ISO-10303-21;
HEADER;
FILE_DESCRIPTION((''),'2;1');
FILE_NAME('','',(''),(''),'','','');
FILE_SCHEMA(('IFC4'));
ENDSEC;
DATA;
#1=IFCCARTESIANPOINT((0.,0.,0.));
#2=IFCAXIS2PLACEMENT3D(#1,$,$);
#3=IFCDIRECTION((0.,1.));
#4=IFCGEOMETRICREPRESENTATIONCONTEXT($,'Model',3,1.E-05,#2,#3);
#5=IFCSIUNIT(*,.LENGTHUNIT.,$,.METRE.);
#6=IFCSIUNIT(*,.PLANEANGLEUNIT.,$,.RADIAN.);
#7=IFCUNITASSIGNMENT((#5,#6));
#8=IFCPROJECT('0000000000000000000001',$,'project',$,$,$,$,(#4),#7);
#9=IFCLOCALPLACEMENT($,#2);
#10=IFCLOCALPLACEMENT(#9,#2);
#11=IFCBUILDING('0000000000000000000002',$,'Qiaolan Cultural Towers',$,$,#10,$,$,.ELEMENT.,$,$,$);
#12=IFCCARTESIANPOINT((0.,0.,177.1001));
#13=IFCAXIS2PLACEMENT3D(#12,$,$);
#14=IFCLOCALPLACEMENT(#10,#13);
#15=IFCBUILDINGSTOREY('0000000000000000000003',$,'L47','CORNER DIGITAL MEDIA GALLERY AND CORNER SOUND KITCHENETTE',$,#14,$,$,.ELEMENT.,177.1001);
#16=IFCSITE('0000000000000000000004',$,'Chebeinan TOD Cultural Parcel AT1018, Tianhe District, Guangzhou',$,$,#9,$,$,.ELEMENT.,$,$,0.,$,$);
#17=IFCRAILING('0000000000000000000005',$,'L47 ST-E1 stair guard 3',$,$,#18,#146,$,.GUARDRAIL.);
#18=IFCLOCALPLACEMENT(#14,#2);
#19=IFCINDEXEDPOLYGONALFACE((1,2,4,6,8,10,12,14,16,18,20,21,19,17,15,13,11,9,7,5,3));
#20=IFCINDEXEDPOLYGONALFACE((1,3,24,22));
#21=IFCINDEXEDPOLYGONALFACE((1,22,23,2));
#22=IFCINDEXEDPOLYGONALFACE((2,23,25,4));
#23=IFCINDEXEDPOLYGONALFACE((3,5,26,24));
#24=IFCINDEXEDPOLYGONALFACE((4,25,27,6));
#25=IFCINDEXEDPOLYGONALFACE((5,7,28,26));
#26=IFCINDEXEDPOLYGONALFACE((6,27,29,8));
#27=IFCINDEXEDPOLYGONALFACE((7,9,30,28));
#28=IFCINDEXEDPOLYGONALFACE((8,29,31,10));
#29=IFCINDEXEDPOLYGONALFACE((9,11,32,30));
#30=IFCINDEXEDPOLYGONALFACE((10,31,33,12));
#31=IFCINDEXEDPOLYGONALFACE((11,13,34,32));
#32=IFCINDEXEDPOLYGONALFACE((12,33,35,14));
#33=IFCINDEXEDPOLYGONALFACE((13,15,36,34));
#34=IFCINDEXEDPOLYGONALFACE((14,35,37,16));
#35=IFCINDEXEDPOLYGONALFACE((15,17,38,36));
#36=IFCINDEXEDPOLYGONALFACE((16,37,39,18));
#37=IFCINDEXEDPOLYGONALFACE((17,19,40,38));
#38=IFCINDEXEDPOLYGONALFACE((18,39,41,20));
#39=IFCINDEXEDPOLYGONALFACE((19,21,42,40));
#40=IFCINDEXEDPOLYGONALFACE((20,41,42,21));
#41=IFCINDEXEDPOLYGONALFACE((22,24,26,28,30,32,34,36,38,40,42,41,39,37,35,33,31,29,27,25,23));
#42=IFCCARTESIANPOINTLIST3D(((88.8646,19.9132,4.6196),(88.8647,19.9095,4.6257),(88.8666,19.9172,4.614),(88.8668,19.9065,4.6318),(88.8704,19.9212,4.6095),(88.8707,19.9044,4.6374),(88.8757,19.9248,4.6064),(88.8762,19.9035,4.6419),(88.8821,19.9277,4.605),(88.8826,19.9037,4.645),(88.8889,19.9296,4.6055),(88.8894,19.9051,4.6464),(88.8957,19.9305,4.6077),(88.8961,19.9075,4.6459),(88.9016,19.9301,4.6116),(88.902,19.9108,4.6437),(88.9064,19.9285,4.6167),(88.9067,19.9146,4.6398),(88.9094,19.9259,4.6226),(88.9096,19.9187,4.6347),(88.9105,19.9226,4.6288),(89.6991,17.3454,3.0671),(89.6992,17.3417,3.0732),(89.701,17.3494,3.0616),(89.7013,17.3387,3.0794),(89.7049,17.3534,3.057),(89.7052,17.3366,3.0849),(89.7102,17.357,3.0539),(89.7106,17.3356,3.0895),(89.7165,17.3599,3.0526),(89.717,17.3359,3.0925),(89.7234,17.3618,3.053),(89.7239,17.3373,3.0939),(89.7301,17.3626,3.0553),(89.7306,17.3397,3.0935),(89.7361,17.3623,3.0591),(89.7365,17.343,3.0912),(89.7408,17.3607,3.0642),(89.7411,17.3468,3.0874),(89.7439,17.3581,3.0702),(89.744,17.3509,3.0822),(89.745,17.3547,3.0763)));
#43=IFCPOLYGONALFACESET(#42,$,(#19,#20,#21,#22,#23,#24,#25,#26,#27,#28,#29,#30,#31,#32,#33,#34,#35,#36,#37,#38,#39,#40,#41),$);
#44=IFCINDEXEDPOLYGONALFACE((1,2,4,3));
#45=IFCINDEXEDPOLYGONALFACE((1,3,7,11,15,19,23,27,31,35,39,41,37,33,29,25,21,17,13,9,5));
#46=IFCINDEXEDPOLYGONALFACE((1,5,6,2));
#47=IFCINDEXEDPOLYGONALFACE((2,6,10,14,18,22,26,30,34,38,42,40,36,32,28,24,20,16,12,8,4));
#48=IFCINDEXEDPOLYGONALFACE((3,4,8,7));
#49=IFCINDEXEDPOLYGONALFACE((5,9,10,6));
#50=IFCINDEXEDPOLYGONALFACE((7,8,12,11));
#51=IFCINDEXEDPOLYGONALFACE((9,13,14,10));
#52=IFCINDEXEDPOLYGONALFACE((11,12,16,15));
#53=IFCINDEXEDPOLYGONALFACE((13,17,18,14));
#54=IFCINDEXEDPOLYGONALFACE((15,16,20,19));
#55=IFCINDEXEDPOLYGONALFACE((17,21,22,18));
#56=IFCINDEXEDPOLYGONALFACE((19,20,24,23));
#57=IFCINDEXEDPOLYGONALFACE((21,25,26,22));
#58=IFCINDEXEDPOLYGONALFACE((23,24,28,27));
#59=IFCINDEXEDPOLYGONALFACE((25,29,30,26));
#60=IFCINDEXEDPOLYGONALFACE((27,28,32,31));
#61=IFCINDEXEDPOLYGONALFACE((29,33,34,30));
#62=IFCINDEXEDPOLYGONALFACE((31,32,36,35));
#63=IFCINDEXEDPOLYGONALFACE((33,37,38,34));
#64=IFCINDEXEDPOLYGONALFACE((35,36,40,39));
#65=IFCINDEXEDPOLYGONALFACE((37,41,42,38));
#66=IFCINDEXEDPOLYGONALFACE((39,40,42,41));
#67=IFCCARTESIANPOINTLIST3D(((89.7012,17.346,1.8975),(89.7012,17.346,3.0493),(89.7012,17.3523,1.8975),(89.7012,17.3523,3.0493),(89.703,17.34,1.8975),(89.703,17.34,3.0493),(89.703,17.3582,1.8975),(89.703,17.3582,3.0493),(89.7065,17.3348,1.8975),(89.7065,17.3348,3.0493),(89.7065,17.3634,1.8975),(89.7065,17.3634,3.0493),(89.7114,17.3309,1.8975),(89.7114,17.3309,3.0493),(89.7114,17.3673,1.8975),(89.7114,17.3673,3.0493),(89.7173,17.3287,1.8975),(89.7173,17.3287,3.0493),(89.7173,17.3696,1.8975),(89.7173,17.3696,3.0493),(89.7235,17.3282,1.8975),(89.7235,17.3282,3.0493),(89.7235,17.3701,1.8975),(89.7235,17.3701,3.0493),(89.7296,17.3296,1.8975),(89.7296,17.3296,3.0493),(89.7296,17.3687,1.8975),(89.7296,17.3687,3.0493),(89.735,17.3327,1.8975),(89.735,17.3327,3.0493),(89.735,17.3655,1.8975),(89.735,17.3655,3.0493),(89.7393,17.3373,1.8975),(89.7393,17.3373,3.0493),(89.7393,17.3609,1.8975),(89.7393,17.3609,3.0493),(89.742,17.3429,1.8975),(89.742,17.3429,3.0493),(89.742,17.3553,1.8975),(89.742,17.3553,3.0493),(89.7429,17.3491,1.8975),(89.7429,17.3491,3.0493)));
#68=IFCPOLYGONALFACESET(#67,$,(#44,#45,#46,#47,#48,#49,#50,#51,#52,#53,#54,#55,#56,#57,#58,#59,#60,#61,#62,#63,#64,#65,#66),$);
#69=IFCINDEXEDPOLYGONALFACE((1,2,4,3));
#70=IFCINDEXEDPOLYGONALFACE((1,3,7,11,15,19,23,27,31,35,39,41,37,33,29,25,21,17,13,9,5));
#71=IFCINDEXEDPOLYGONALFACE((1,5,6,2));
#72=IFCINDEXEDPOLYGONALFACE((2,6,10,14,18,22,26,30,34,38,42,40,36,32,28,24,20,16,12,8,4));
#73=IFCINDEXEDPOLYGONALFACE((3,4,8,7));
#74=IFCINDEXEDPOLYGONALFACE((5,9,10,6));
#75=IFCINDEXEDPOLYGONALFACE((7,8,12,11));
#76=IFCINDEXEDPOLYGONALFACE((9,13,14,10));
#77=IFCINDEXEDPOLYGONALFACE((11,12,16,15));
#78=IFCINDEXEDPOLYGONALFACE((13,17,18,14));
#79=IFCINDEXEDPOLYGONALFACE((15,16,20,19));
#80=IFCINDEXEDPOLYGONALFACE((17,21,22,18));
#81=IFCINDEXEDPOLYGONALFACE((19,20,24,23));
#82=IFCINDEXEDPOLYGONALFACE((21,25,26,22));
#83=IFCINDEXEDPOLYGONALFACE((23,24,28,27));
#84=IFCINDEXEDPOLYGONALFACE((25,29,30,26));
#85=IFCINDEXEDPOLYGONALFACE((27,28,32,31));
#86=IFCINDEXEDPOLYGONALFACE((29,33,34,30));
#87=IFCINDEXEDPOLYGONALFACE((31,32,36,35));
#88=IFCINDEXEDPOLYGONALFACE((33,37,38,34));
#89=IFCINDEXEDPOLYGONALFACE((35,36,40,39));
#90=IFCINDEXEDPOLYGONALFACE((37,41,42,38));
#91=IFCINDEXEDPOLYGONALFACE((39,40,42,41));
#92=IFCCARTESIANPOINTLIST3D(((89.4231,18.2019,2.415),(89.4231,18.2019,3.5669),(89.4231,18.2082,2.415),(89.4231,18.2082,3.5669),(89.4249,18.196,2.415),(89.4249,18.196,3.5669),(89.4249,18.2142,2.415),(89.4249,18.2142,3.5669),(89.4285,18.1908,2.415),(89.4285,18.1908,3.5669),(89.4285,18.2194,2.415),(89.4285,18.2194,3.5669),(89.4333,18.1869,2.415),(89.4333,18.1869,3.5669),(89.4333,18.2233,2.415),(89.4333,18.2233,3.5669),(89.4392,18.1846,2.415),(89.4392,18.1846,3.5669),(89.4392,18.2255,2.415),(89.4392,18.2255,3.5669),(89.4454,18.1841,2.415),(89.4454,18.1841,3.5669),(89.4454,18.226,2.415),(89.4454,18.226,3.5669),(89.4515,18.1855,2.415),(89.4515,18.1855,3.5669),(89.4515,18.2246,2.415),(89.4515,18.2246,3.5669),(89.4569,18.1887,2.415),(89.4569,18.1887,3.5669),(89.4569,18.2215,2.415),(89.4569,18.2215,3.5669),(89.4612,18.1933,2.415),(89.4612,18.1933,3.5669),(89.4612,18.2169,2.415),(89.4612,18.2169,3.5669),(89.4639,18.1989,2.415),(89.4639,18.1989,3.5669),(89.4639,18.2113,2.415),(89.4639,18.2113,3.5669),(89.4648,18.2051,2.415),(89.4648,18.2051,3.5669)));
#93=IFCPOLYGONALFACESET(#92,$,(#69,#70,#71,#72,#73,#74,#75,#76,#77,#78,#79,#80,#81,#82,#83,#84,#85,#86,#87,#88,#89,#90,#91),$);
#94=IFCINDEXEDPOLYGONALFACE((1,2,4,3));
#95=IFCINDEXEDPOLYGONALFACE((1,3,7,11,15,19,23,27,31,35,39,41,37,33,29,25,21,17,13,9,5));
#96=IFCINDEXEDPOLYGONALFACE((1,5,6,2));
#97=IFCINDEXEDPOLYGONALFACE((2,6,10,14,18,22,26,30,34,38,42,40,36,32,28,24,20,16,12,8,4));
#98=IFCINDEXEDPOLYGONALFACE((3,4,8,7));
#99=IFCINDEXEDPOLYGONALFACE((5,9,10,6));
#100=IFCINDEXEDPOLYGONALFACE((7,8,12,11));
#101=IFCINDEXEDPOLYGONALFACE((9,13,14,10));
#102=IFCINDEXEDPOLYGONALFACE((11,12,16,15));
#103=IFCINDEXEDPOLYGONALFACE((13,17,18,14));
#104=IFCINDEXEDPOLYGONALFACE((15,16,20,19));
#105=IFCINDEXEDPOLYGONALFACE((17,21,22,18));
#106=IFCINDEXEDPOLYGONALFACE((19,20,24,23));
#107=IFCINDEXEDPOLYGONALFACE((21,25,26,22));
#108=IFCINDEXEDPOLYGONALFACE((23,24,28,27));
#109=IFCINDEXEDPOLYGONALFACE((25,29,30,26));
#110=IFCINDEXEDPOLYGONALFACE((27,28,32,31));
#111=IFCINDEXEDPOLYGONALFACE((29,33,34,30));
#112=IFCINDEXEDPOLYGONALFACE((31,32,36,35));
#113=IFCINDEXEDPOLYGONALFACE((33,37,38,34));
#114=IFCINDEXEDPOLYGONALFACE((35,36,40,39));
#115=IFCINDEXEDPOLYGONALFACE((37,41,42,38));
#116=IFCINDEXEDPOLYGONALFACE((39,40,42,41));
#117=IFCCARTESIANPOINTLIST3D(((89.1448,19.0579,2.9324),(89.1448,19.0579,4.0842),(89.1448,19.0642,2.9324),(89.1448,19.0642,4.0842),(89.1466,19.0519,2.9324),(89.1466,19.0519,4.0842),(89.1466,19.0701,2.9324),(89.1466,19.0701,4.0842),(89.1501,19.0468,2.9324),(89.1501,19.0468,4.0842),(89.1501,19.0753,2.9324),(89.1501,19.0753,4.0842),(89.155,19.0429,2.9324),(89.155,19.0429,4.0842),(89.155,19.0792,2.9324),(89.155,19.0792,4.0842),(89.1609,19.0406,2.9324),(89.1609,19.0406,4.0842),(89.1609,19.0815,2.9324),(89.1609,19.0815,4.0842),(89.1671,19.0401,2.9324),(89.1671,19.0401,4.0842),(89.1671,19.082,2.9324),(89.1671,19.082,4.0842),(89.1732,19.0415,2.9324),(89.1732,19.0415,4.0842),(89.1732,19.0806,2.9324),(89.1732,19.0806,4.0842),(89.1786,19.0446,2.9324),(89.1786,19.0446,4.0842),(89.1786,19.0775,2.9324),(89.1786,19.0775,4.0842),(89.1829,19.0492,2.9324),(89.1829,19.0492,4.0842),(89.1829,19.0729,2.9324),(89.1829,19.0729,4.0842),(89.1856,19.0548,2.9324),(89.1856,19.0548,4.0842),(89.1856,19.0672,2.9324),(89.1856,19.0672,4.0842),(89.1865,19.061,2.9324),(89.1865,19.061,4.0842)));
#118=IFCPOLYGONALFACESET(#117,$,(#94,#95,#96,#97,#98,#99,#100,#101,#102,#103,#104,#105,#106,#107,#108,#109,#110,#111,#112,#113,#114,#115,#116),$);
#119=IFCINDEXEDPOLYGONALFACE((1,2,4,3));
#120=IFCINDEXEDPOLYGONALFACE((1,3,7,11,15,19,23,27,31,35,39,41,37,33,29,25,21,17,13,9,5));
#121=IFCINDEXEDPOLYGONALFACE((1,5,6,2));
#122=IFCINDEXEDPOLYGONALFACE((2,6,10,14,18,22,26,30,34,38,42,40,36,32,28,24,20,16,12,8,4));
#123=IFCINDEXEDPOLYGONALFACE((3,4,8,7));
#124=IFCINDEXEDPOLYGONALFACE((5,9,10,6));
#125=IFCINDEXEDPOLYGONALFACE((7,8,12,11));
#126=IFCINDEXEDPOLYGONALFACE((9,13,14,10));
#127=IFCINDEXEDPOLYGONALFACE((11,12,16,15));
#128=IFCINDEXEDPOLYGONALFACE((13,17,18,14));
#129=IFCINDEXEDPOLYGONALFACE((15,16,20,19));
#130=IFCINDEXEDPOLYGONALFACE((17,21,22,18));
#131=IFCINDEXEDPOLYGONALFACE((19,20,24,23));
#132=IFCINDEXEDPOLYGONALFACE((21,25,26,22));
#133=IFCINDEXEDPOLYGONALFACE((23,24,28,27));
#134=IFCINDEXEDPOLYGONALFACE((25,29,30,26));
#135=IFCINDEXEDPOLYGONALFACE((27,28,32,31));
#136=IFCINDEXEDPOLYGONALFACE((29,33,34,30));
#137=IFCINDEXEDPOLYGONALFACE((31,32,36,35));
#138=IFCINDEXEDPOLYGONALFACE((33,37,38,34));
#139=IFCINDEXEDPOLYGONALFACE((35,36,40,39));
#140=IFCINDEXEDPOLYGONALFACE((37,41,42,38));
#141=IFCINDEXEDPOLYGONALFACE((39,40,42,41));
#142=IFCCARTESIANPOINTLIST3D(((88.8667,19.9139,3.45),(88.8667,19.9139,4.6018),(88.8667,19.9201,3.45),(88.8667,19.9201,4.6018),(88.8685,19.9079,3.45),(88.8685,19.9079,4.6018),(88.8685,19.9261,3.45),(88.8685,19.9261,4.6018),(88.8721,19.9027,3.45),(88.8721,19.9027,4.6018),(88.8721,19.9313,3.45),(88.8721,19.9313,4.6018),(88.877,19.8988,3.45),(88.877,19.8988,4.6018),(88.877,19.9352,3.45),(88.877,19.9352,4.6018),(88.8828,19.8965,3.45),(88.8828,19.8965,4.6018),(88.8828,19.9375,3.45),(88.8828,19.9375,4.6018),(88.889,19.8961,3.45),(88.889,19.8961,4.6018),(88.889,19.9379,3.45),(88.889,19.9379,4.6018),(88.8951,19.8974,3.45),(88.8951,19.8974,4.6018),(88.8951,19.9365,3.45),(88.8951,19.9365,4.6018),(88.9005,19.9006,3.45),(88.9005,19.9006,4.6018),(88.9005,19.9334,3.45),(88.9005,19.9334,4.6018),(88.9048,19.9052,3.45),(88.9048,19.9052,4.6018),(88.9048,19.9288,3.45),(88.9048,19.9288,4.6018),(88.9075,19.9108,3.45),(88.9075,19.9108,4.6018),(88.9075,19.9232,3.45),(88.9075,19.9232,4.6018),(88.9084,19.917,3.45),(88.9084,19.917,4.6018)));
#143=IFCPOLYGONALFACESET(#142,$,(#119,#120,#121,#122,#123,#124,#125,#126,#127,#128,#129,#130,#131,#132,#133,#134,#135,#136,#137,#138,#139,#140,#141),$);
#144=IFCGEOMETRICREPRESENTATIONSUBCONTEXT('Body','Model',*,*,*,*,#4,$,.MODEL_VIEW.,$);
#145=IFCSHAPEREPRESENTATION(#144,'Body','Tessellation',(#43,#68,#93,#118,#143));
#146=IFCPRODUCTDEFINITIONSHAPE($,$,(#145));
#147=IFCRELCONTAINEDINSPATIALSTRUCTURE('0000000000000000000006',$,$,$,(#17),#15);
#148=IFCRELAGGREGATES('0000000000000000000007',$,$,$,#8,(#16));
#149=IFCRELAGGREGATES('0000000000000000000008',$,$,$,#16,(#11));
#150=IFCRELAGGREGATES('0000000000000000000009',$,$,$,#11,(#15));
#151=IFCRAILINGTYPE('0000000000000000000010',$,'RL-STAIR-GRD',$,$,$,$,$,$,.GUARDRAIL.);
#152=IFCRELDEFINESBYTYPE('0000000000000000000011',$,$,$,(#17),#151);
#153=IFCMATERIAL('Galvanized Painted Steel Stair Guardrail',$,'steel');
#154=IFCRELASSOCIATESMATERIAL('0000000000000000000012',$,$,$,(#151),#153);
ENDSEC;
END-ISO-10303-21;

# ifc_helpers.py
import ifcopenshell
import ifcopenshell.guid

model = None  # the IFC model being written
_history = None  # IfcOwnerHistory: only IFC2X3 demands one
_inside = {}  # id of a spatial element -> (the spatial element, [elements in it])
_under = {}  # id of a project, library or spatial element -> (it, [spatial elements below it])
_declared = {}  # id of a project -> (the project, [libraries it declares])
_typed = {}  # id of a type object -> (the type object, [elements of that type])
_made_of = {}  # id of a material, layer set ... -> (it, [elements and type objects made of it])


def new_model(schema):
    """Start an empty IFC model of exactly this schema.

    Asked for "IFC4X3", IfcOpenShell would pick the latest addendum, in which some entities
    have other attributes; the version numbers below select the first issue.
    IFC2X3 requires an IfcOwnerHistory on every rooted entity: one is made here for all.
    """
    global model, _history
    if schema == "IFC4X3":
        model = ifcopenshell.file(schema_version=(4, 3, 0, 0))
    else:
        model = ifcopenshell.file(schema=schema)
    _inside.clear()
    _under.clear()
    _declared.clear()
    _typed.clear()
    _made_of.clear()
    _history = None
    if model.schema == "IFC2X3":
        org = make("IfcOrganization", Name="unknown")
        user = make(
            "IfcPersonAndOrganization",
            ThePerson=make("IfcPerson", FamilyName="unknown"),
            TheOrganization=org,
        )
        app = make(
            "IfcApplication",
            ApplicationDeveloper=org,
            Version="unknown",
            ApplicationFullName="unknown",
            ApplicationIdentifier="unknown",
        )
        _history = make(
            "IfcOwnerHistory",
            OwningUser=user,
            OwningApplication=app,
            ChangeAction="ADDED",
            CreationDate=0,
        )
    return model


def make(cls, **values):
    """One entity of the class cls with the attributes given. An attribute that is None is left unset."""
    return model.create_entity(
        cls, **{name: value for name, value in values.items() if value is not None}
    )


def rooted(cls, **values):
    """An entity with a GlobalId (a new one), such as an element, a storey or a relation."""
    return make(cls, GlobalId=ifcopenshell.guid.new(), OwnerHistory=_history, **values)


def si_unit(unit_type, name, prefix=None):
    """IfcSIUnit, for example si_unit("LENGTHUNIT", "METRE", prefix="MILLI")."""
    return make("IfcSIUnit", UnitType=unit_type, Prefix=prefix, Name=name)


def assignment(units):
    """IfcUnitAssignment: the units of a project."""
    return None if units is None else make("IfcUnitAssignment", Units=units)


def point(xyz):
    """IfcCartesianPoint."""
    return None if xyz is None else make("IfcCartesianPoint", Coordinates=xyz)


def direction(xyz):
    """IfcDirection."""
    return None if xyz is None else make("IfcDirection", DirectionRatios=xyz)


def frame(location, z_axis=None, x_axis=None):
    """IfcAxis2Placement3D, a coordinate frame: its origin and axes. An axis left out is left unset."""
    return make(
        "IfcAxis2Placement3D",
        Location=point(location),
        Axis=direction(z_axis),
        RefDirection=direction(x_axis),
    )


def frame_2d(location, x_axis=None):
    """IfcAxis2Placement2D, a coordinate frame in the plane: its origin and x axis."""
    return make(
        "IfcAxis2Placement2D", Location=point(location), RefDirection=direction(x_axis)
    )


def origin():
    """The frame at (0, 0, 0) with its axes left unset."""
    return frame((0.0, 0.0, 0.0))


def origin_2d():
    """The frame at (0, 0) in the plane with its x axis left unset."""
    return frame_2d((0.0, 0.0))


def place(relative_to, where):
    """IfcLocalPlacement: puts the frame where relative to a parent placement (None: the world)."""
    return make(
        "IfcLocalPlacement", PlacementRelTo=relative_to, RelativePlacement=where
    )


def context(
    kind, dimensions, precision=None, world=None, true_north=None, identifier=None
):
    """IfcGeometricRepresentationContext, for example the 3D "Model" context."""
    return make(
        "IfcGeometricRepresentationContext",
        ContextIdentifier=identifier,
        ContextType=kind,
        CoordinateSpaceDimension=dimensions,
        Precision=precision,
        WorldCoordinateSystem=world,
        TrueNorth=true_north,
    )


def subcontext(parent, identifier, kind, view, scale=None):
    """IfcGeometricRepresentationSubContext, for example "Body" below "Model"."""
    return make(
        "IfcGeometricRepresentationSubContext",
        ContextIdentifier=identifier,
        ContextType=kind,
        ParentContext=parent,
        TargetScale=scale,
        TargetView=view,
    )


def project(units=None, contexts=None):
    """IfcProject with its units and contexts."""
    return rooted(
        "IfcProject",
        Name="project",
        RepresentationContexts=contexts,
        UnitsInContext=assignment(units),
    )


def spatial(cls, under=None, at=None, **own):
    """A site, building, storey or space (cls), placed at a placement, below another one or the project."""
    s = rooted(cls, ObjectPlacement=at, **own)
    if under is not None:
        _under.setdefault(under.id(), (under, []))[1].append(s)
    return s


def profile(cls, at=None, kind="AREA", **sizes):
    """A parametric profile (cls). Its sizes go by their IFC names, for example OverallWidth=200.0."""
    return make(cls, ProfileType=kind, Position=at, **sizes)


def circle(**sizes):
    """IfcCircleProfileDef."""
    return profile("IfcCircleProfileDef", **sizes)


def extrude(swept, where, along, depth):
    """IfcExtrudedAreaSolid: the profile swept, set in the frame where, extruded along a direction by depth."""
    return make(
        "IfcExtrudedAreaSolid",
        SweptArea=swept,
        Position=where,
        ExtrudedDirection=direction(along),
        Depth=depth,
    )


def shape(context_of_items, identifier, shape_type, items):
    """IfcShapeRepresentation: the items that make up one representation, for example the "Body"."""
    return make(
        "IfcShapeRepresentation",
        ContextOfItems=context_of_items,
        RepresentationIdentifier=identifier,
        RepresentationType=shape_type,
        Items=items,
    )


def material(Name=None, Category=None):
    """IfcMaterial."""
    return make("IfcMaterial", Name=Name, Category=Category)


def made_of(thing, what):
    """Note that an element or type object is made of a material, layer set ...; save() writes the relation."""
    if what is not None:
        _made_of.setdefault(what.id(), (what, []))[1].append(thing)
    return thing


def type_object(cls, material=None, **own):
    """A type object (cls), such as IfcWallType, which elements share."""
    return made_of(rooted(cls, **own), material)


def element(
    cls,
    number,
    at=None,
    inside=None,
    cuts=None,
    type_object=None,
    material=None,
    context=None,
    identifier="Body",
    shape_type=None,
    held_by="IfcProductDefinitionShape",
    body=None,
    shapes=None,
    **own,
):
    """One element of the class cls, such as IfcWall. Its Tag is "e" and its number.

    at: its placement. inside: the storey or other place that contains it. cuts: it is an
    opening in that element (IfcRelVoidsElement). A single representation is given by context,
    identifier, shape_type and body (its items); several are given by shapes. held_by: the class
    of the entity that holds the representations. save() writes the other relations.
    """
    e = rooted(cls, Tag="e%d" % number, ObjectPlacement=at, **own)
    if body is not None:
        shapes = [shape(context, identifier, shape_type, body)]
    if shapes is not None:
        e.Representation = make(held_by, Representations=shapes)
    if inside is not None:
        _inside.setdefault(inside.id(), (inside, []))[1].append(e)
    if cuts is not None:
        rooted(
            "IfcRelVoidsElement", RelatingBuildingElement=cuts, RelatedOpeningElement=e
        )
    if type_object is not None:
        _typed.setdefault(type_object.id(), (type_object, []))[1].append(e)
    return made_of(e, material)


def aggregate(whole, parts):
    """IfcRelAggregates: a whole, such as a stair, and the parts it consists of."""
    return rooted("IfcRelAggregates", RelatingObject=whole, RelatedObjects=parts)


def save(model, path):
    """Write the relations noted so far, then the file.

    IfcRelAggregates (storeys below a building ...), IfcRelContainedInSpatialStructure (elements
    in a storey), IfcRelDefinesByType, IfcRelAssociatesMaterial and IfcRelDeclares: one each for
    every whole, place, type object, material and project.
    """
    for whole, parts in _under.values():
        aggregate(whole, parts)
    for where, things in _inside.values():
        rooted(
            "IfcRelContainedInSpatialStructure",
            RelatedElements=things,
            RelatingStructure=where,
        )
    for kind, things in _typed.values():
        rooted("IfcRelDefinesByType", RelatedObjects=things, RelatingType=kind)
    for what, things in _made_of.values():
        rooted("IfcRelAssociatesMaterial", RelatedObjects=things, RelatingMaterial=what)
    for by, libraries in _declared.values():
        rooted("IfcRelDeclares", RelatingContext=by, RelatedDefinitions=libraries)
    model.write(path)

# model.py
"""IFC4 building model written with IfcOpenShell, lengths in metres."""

from ifc_helpers import new_model, si_unit, direction, frame, origin, origin_2d, place, context, subcontext, project, spatial, circle, extrude, material, type_object, element, save


model = new_model("IFC4")

# Units and contexts
model_context = context("Model", 3, precision=1e-05, world=origin(), true_north=direction((0.0, 1.0)))
body_context = subcontext(model_context, "Body", "Model", "MODEL_VIEW")
ifc_project = project(units=[si_unit("LENGTHUNIT", "METRE"), si_unit("PLANEANGLEUNIT", "RADIAN")], contexts=[model_context])

# Site, building, storey
site_placement = place(None, origin())
site = spatial("IfcSite", under=ifc_project, at=site_placement, Name="Chebeinan TOD Cultural Parcel AT1018, Tianhe District, Guangzhou", CompositionType="ELEMENT", RefElevation=0.0)
building_placement = place(site_placement, origin())
building = spatial("IfcBuilding", under=site, at=building_placement, Name="Qiaolan Cultural Towers", CompositionType="ELEMENT")
storey_placement = place(building_placement, frame((0.0, 0.0, 177.1001)))
storey = spatial("IfcBuildingStorey", under=building, at=storey_placement, Name="L47", Description="CORNER DIGITAL MEDIA GALLERY AND CORNER SOUND KITCHENETTE", CompositionType="ELEMENT", Elevation=177.1001)

# Railing
ifc_material_1 = material(Name="Galvanized Painted Steel Stair Guardrail", Category="steel")
railing_type = type_object("IfcRailingType", Name="RL-STAIR-GRD", PredefinedType="GUARDRAIL", material=ifc_material_1)
railing_1_placement = place(storey_placement, frame((89.7219, 17.3491, 1.8975)))
element("IfcRailing", 1, at=railing_1_placement, inside=storey, type_object=railing_type, Name="L47 ST-E1 stair guard 3", PredefinedType="GUARDRAIL", context=body_context, shape_type="SweptSolid", body=[
    extrude(circle(Radius=0.0239, at=origin_2d()), frame((0.0, 0.0, 1.1758), z_axis=(-0.267926, 0.824471, 0.498461), x_axis=(-0.951043, -0.309057, 0.0)), (0.0, 0.0, 1.0), 3.1145),
    extrude(circle(Radius=0.021, at=origin_2d()), origin(), (0.0, 0.0, 1.0), 1.1519),
    extrude(circle(Radius=0.021, at=origin_2d()), frame((-0.2781, 0.856, 0.5176)), (0.0, 0.0, 1.0), 1.1519),
    extrude(circle(Radius=0.021, at=origin_2d()), frame((-0.5564, 1.7119, 1.0349)), (0.0, 0.0, 1.0), 1.1519),
    extrude(circle(Radius=0.021, at=origin_2d()), frame((-0.8345, 2.5679, 1.5525)), (0.0, 0.0, 1.0), 1.1519),
])

save(model, "model.ifc")
